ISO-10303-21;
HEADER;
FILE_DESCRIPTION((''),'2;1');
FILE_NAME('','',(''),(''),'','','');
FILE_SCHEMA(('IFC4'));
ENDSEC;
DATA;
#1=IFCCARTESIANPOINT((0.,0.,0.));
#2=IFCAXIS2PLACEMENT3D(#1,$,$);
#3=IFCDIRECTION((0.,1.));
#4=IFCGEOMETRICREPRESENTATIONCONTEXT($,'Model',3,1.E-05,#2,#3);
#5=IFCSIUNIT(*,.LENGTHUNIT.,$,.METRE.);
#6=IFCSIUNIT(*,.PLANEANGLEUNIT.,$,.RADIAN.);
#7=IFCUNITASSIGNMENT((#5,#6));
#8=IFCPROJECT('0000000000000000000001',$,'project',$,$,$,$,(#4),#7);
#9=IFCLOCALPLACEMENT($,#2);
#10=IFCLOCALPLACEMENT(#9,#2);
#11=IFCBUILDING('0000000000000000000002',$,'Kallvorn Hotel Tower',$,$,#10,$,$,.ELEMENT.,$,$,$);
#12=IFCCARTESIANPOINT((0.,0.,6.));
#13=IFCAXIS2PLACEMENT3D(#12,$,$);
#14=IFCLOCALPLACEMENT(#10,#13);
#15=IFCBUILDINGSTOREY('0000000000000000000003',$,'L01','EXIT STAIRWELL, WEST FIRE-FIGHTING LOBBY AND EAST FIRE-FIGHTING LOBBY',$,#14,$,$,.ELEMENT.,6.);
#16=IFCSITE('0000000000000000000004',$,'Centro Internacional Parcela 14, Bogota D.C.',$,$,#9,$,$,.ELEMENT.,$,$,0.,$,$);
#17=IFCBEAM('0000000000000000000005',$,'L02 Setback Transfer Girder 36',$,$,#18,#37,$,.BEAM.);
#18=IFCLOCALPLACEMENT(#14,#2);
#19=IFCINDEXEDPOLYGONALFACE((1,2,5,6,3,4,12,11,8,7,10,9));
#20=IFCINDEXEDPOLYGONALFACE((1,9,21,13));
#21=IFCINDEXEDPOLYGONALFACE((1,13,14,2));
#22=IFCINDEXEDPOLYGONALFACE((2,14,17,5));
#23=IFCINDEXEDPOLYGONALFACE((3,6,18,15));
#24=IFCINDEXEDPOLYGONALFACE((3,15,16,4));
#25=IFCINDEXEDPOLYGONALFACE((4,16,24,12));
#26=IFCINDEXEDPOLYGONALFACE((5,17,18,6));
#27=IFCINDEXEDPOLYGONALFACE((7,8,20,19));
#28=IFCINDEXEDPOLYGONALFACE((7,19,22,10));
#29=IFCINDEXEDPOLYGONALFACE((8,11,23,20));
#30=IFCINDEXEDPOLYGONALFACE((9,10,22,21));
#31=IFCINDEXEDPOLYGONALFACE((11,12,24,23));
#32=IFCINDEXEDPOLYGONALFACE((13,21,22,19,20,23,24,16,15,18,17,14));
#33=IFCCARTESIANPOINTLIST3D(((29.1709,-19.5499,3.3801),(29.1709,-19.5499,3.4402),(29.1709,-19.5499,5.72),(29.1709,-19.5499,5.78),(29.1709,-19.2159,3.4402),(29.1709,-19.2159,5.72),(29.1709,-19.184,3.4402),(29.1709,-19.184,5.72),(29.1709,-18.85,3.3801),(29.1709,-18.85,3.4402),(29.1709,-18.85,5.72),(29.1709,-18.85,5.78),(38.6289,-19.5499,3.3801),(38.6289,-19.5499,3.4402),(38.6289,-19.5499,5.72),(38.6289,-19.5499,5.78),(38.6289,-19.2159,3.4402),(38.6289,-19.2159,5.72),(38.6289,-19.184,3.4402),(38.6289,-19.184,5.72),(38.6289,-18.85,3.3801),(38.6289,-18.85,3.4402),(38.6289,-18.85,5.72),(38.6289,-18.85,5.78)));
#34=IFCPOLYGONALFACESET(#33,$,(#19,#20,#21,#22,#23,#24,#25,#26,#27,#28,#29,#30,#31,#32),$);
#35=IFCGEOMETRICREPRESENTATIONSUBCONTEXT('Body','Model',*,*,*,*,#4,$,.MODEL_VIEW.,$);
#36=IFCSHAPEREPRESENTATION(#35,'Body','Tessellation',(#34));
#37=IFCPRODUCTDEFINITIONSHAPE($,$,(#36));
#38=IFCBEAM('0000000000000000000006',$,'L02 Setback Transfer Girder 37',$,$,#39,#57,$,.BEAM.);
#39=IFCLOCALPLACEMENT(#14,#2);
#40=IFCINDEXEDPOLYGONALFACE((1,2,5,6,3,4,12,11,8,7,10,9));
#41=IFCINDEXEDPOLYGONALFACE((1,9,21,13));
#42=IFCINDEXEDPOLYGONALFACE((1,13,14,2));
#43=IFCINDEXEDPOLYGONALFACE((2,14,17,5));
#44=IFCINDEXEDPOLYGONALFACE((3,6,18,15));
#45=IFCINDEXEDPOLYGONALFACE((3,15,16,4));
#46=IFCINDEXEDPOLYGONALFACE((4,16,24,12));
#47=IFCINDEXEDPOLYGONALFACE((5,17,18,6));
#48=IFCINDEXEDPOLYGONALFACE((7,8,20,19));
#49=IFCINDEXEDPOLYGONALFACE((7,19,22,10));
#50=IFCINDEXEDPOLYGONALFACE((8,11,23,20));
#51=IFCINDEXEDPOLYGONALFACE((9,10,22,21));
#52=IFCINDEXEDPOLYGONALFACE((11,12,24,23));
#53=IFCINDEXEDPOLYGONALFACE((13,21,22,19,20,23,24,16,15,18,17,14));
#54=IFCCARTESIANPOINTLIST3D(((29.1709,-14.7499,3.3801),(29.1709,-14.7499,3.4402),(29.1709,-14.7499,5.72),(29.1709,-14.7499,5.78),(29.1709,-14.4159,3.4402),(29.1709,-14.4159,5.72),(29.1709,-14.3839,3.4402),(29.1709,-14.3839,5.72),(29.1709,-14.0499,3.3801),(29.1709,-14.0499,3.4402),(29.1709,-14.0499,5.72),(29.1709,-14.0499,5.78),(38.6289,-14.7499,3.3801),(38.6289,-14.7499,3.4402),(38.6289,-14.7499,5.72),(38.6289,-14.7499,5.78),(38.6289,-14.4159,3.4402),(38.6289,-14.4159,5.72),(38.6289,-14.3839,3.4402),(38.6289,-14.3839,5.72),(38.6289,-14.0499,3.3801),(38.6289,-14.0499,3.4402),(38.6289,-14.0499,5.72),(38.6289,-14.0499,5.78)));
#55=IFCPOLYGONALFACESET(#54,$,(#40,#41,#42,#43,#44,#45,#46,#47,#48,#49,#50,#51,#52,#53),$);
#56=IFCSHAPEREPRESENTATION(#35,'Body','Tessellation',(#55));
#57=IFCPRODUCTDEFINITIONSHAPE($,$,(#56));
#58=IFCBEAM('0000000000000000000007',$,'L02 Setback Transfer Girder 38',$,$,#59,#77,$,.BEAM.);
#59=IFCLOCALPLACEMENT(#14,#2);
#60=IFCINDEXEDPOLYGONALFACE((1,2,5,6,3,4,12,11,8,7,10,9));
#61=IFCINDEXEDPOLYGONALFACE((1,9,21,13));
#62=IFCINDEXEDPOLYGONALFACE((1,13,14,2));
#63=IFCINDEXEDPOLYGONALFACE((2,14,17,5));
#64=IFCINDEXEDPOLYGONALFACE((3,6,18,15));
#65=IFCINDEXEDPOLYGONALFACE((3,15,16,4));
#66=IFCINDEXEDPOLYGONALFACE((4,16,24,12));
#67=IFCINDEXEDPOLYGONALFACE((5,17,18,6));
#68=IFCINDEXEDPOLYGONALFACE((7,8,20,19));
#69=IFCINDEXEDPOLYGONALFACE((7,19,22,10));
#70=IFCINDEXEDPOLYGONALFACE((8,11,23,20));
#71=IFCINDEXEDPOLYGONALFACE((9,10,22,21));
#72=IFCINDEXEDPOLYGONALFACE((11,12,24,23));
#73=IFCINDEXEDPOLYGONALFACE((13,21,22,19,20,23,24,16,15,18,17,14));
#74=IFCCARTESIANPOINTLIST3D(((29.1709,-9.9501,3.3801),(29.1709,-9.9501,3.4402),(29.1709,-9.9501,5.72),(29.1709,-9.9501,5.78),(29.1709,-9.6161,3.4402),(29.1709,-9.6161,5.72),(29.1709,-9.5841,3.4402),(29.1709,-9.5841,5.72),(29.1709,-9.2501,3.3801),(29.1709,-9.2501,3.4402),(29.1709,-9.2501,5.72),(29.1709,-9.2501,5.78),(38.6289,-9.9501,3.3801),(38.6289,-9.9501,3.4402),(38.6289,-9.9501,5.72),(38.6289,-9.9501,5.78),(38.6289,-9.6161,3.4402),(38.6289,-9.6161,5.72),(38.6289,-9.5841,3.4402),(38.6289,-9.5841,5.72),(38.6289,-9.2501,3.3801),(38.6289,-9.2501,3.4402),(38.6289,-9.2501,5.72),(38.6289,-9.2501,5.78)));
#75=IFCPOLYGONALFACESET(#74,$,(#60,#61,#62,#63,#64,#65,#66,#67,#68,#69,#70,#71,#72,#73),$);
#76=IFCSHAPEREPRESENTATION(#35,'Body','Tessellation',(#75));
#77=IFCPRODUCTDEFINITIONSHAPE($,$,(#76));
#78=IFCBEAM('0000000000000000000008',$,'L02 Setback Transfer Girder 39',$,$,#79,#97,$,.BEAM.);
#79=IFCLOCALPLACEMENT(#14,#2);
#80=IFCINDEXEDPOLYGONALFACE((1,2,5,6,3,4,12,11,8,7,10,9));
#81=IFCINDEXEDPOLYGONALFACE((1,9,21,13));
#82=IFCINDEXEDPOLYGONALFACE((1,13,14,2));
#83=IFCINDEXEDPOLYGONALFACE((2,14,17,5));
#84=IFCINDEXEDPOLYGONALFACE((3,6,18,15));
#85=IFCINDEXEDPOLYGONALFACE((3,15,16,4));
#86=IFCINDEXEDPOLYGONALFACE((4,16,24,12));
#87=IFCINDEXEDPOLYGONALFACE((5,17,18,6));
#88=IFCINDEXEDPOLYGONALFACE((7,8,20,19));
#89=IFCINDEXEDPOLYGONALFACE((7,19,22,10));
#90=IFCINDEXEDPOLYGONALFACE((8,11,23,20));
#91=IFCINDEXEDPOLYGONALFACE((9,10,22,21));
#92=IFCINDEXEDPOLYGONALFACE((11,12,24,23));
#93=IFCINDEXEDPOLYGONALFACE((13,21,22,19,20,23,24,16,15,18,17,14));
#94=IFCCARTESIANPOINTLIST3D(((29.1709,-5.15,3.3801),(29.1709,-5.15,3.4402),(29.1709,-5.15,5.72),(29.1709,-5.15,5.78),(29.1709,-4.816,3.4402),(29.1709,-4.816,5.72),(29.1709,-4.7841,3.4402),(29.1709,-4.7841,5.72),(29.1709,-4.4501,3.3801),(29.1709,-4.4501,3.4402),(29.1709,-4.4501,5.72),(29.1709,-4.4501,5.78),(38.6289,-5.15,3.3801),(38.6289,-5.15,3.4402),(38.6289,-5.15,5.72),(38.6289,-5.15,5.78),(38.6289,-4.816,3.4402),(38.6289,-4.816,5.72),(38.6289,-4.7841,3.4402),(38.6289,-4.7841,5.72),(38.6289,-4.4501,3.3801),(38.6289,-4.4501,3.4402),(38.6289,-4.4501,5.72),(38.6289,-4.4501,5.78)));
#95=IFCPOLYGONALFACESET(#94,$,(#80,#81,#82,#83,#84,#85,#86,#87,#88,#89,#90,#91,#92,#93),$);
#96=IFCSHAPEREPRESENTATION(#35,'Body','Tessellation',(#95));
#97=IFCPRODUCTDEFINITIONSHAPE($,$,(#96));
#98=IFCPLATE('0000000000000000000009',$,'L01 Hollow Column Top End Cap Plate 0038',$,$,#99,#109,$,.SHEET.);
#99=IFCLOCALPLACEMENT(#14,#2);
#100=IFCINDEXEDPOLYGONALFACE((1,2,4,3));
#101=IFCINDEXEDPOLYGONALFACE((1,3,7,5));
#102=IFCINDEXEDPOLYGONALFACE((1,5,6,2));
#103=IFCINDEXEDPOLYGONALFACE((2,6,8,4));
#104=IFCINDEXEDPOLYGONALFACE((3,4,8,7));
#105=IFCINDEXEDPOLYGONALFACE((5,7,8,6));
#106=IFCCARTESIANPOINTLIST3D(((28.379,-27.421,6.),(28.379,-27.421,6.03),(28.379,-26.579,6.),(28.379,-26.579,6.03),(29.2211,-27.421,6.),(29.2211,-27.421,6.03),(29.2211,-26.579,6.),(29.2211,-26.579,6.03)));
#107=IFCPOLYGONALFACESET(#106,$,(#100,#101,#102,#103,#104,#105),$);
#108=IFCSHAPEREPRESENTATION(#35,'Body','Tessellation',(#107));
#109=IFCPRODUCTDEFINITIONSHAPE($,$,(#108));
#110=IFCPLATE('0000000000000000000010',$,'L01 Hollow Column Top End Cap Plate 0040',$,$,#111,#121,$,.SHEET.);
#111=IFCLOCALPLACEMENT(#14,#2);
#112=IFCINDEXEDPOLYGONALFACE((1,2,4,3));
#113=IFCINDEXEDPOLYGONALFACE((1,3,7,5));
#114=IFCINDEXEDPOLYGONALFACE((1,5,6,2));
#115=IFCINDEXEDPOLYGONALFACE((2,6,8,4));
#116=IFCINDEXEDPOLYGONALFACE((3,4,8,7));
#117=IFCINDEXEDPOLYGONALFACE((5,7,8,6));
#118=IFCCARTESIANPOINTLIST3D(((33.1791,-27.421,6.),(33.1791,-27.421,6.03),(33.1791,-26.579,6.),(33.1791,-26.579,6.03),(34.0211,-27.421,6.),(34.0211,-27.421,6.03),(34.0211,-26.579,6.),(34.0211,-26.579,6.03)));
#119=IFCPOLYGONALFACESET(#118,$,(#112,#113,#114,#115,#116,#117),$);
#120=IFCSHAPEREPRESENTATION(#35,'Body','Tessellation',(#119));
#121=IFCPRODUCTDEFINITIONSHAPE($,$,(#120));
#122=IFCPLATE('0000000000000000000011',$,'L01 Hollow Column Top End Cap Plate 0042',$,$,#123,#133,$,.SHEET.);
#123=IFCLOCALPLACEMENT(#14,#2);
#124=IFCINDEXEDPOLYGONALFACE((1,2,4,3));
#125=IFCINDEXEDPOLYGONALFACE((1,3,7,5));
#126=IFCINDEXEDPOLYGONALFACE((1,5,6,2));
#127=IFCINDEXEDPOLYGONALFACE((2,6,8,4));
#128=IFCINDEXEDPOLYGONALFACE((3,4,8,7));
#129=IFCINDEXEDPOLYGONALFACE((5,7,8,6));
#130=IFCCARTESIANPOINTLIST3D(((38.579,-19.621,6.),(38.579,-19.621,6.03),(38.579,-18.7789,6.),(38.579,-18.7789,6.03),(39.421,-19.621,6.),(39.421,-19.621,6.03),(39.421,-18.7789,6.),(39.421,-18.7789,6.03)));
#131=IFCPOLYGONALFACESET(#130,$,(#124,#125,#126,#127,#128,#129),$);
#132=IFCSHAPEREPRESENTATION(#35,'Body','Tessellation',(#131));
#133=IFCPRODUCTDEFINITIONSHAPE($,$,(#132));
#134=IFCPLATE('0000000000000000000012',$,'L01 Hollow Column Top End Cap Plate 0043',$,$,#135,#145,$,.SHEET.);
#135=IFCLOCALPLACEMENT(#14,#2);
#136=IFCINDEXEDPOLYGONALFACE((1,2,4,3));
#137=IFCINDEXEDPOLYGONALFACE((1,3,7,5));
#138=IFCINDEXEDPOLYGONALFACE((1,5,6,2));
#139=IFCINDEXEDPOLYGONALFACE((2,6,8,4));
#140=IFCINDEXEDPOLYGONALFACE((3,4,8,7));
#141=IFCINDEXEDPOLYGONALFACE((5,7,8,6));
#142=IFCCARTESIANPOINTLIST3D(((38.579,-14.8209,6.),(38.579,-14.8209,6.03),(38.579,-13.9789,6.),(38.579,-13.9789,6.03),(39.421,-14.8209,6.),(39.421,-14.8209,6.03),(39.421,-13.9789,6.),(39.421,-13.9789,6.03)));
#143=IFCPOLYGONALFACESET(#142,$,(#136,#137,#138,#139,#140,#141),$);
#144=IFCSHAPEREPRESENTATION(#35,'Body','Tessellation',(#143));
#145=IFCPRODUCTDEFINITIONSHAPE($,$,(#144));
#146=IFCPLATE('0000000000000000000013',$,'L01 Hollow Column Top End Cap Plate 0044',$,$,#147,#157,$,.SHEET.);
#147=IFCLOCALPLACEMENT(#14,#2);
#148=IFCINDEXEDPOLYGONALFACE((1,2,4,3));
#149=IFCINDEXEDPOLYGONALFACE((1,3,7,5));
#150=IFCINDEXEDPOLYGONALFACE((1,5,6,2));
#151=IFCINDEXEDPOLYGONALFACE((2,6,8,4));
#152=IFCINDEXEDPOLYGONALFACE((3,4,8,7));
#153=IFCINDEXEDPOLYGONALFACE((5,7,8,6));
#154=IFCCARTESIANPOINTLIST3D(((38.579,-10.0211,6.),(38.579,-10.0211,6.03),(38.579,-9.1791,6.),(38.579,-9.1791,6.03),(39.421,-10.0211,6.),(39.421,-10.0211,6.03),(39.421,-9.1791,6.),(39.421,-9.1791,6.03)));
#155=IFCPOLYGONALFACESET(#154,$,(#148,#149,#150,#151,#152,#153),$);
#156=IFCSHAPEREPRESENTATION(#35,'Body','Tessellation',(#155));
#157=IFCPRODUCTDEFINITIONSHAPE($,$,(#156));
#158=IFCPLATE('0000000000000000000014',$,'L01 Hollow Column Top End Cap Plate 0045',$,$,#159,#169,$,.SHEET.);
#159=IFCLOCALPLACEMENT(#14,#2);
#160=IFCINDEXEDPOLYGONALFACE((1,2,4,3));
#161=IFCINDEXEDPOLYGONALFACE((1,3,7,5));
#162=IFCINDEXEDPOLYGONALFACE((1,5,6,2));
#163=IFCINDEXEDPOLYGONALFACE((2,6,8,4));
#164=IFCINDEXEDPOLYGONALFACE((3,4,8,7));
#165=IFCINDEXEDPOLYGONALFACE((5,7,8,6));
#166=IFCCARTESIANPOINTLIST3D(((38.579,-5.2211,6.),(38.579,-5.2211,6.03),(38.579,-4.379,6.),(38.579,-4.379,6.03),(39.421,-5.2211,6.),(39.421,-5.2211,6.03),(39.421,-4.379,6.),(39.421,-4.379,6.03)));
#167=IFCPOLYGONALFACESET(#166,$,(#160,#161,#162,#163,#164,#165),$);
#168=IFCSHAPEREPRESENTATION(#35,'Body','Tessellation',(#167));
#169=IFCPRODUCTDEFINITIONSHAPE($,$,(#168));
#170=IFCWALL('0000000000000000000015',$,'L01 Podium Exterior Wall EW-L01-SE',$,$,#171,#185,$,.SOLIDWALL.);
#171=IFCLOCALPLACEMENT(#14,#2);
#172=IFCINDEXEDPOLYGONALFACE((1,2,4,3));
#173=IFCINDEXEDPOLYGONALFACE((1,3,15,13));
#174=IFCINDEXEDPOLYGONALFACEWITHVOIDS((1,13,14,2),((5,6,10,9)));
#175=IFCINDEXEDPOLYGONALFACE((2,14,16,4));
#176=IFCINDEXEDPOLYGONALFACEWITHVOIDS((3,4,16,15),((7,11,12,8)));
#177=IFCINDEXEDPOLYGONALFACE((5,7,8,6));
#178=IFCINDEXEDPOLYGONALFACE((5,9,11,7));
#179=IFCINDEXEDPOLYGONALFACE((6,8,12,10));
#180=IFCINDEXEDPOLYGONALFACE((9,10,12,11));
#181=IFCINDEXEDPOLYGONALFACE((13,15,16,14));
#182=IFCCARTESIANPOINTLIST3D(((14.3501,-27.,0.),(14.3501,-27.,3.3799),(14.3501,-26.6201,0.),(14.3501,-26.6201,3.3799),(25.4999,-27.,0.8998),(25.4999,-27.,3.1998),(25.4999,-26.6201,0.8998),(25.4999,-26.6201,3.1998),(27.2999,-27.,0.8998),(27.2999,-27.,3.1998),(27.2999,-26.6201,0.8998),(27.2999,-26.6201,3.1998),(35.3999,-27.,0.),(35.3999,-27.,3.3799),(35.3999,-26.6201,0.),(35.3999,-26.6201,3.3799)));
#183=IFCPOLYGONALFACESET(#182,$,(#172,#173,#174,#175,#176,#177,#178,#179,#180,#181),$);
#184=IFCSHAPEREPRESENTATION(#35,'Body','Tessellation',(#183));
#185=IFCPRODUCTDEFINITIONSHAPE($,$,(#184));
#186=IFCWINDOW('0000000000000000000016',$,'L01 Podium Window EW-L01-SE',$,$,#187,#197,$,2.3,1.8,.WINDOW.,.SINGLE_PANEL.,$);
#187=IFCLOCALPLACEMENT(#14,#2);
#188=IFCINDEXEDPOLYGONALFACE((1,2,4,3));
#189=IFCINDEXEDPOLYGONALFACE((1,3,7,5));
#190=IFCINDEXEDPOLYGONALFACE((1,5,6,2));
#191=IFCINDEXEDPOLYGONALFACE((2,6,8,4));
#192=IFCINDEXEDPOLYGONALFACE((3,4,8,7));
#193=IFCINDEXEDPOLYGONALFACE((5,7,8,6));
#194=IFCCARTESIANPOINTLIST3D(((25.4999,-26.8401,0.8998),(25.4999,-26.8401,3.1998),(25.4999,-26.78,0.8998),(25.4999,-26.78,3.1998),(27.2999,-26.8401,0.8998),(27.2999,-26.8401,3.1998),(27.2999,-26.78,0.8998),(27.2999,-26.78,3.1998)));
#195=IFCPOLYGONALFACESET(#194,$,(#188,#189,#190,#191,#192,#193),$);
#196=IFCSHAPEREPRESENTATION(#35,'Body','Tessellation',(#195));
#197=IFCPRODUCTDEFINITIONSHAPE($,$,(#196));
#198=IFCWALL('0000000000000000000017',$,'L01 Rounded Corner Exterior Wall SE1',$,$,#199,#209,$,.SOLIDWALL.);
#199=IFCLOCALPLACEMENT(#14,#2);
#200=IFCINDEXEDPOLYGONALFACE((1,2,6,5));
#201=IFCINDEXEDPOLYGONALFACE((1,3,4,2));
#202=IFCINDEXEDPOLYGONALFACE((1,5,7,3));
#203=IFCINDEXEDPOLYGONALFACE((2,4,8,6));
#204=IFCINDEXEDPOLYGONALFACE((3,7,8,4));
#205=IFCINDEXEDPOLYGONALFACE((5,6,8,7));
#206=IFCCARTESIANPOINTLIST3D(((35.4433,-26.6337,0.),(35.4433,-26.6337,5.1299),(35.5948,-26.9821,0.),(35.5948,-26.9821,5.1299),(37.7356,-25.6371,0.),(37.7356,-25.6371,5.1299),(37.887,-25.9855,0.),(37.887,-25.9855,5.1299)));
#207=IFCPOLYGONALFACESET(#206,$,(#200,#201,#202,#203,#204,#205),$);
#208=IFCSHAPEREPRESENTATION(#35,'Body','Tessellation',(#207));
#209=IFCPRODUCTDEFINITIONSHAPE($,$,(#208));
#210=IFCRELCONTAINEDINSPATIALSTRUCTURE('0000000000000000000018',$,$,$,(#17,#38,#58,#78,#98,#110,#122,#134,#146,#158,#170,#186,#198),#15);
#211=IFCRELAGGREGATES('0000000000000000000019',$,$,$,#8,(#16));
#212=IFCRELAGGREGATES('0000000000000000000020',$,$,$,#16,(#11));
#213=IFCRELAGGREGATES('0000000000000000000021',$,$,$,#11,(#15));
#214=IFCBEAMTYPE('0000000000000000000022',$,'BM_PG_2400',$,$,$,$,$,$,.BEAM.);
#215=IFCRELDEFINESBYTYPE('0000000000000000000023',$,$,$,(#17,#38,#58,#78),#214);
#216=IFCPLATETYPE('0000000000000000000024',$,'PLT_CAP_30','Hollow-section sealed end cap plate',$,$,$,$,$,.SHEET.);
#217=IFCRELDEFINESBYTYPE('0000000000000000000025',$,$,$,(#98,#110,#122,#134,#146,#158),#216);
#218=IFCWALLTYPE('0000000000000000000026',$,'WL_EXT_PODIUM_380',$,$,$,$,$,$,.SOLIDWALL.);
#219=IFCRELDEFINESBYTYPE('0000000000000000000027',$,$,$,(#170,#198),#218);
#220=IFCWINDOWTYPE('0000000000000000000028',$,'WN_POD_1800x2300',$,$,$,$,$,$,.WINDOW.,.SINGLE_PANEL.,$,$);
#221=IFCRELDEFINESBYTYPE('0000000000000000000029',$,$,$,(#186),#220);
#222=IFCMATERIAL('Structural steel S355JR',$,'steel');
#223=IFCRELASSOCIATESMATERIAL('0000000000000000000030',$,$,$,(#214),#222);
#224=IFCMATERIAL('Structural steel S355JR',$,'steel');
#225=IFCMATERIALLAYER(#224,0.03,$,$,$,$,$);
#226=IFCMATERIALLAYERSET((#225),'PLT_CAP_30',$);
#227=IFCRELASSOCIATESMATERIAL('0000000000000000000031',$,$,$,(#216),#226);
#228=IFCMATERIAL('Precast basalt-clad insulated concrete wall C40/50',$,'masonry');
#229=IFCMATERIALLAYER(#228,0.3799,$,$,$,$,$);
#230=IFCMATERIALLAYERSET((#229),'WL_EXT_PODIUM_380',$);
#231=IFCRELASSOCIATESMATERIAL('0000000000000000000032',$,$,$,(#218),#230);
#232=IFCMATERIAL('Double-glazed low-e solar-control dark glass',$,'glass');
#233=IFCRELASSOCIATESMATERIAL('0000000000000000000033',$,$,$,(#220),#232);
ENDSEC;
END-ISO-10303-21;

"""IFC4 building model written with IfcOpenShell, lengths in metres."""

from ifc_helpers import new_model, si_unit, direction, frame, frame_2d, origin, origin_2d, place, context, subcontext, project, spatial, rectangle, i_section, extrude, material, layer, layer_set, material_profile, profile_set, type_object, element, fill, save


model = new_model("IFC4")

# Units and contexts
model_context = context("Model", 3, precision=1e-05, world=origin(), true_north=direction((0.0, 1.0)))
body_context = subcontext(model_context, "Body", "Model", "MODEL_VIEW")
ifc_project = project(units=[si_unit("LENGTHUNIT", "METRE"), si_unit("PLANEANGLEUNIT", "RADIAN")], contexts=[model_context])

# Site, building, storey
site_placement = place(None, origin())
site = spatial("IfcSite", under=ifc_project, at=site_placement, Name="Centro Internacional Parcela 14, Bogota D.C.", CompositionType="ELEMENT", RefElevation=0.0)
building_placement = place(site_placement, origin())
building = spatial("IfcBuilding", under=site, at=building_placement, Name="Kallvorn Hotel Tower", CompositionType="ELEMENT")
storey_placement = place(building_placement, frame((0.0, 0.0, 6.0)))
storey = spatial("IfcBuildingStorey", under=building, at=storey_placement, Name="L01", Description="EXIT STAIRWELL, WEST FIRE-FIGHTING LOBBY AND EAST FIRE-FIGHTING LOBBY", CompositionType="ELEMENT", Elevation=6.0)

# Beams
ifc_material_1 = material(Name="Structural steel S355JR", Category="steel")
ifc_material_profile_1 = material_profile(ifc_material_1, i_section(OverallWidth=0.7, OverallDepth=2.3999, WebThickness=0.032, FlangeThickness=0.0601, at=origin_2d()), Name="PG 2400x700x32x60")
ifc_profile_set_1 = profile_set([ifc_material_profile_1], Name="Structural steel S355JR")
beam_type_1 = type_object("IfcBeamType", Name="BM_PG_2400", PredefinedType="BEAM", material=ifc_profile_set_1)
for number, where, z_axis, x_axis, name in (
    (1, (29.1709, -19.2, 4.5801), (1.0, 0.0, 0.0), (0.0, 1.0, 0.0), "L02 Setback Transfer Girder 36"),
    (2, (29.1709, -14.3999, 4.5801), (1.0, 0.0, 0.0), (0.0, 1.0, 0.0), "L02 Setback Transfer Girder 37"),
    (3, (29.1709, -9.6001, 4.5801), (1.0, 0.0, 0.0), (0.0, 1.0, 0.0), "L02 Setback Transfer Girder 38"),
    (4, (29.1709, -4.8, 4.5801), (1.0, 0.0, 0.0), (0.0, 1.0, 0.0), "L02 Setback Transfer Girder 39"),
):
    element("IfcBeam", number, at=place(storey_placement, frame(where, z_axis=z_axis, x_axis=x_axis)), inside=storey, type_object=beam_type_1, Name=name, PredefinedType="BEAM", context=body_context, shape_type="SweptSolid", body=[
        extrude(i_section(OverallWidth=0.7, OverallDepth=2.3999, WebThickness=0.032, FlangeThickness=0.0601, at=origin_2d()), origin(), (0.0, 0.0, 1.0), 9.458),
    ])

# Plates
ifc_material_2 = material(Name="Structural steel S355JR", Category="steel")
ifc_layer_1 = layer(ifc_material_2, 0.03)
ifc_layer_set_1 = layer_set([ifc_layer_1], Name="PLT_CAP_30")
plate_type = type_object("IfcPlateType", Name="PLT_CAP_30", Description="Hollow-section sealed end cap plate", PredefinedType="SHEET", material=ifc_layer_set_1)
for number, where, z_axis, x_axis, name in (
    (5, (28.8, -27.0, 6.0), (0.0, 0.0, 1.0), (1.0, 0.0, 0.0), "L01 Hollow Column Top End Cap Plate 0038"),
    (6, (33.6001, -27.0, 6.0), (0.0, 0.0, 1.0), (1.0, 0.0, 0.0), "L01 Hollow Column Top End Cap Plate 0040"),
    (7, (39.0, -19.2, 6.0), (0.0, 0.0, 1.0), (1.0, 0.0, 0.0), "L01 Hollow Column Top End Cap Plate 0042"),
    (8, (39.0, -14.3999, 6.0), (0.0, 0.0, 1.0), (1.0, 0.0, 0.0), "L01 Hollow Column Top End Cap Plate 0043"),
    (9, (39.0, -9.6001, 6.0), (0.0, 0.0, 1.0), (1.0, 0.0, 0.0), "L01 Hollow Column Top End Cap Plate 0044"),
    (10, (39.0, -4.8, 6.0), (0.0, 0.0, 1.0), (1.0, 0.0, 0.0), "L01 Hollow Column Top End Cap Plate 0045"),
):
    element("IfcPlate", number, at=place(storey_placement, frame(where, z_axis=z_axis, x_axis=x_axis)), inside=storey, type_object=plate_type, Name=name, PredefinedType="SHEET", context=body_context, shape_type="SweptSolid", body=[
        extrude(rectangle(XDim=0.842, YDim=0.842, at=origin_2d()), origin(), (0.0, 0.0, 1.0), 0.03),
    ])

# Wall, opening, window
ifc_material_3 = material(Name="Precast basalt-clad insulated concrete wall C40/50", Category="masonry")
ifc_layer_2 = layer(ifc_material_3, 0.3799)
ifc_layer_set_2 = layer_set([ifc_layer_2], Name="WL_EXT_PODIUM_380")
wall_type_1 = type_object("IfcWallType", Name="WL_EXT_PODIUM_380", PredefinedType="SOLIDWALL", material=ifc_layer_set_2)
wall_1_placement = place(storey_placement, frame((35.3999, -26.8101, 0.0), z_axis=(0.0, 0.0, 1.0), x_axis=(-1.0, 0.0, 0.0)))
wall_1 = element("IfcWall", 11, at=wall_1_placement, inside=storey, type_object=wall_type_1, Name="L01 Podium Exterior Wall EW-L01-SE", PredefinedType="SOLIDWALL", context=body_context, shape_type="SweptSolid", body=[
    extrude(rectangle(XDim=21.0498, YDim=0.3799, at=frame_2d((10.5249, 0.0))), origin(), (0.0, 0.0, 1.0), 3.3799),
])
opening_placement = place(wall_1_placement, frame((8.1001, 0.0, 0.8999)))
opening = element("IfcOpeningElement", 12, at=opening_placement, cuts=wall_1, PredefinedType="OPENING", context=body_context, shape_type="SweptSolid", body=[
    extrude(rectangle(XDim=1.8, YDim=2.3, at=frame_2d((0.8999, 1.1499))), frame((0.0, 0.2048, 0.0), z_axis=(0.0, -1.0, 0.0), x_axis=(1.0, 0.0, 0.0)), (0.0, 0.0, 1.0), 0.4099),
])
ifc_material_4 = material(Name="Double-glazed low-e solar-control dark glass", Category="glass")
window_type = type_object("IfcWindowType", Name="WN_POD_1800x2300", PartitioningType="SINGLE_PANEL", PredefinedType="WINDOW", material=ifc_material_4)
window_placement = place(opening_placement, origin())
window = element("IfcWindow", 13, at=window_placement, inside=storey, type_object=window_type, Name="L01 Podium Window EW-L01-SE", OverallHeight=2.3, OverallWidth=1.8, PartitioningType="SINGLE_PANEL", PredefinedType="WINDOW", context=body_context, shape_type="SweptSolid", body=[
    extrude(rectangle(XDim=1.8, YDim=2.3, at=frame_2d((0.8999, 1.1499))), frame((0.0, 0.03, 0.0), z_axis=(0.0, -1.0, 0.0), x_axis=(1.0, 0.0, 0.0)), (0.0, 0.0, 1.0), 0.0601),
])
fill(opening, window)

# Wall
for number, where, z_axis, x_axis, name in (
    (14, (35.519, -26.8079, 0.0), (0.0, 0.0, 1.0), (0.917076, 0.398712, 0.0), "L01 Rounded Corner Exterior Wall SE1"),
):
    element("IfcWall", number, at=place(storey_placement, frame(where, z_axis=z_axis, x_axis=x_axis)), inside=storey, type_object=wall_type_1, Name=name, PredefinedType="SOLIDWALL", context=body_context, shape_type="SweptSolid", body=[
        extrude(rectangle(XDim=2.4995, YDim=0.3799, at=frame_2d((1.2498, 0.0))), origin(), (0.0, 0.0, 1.0), 5.1299),
    ])

save(model, "model.ifc")
